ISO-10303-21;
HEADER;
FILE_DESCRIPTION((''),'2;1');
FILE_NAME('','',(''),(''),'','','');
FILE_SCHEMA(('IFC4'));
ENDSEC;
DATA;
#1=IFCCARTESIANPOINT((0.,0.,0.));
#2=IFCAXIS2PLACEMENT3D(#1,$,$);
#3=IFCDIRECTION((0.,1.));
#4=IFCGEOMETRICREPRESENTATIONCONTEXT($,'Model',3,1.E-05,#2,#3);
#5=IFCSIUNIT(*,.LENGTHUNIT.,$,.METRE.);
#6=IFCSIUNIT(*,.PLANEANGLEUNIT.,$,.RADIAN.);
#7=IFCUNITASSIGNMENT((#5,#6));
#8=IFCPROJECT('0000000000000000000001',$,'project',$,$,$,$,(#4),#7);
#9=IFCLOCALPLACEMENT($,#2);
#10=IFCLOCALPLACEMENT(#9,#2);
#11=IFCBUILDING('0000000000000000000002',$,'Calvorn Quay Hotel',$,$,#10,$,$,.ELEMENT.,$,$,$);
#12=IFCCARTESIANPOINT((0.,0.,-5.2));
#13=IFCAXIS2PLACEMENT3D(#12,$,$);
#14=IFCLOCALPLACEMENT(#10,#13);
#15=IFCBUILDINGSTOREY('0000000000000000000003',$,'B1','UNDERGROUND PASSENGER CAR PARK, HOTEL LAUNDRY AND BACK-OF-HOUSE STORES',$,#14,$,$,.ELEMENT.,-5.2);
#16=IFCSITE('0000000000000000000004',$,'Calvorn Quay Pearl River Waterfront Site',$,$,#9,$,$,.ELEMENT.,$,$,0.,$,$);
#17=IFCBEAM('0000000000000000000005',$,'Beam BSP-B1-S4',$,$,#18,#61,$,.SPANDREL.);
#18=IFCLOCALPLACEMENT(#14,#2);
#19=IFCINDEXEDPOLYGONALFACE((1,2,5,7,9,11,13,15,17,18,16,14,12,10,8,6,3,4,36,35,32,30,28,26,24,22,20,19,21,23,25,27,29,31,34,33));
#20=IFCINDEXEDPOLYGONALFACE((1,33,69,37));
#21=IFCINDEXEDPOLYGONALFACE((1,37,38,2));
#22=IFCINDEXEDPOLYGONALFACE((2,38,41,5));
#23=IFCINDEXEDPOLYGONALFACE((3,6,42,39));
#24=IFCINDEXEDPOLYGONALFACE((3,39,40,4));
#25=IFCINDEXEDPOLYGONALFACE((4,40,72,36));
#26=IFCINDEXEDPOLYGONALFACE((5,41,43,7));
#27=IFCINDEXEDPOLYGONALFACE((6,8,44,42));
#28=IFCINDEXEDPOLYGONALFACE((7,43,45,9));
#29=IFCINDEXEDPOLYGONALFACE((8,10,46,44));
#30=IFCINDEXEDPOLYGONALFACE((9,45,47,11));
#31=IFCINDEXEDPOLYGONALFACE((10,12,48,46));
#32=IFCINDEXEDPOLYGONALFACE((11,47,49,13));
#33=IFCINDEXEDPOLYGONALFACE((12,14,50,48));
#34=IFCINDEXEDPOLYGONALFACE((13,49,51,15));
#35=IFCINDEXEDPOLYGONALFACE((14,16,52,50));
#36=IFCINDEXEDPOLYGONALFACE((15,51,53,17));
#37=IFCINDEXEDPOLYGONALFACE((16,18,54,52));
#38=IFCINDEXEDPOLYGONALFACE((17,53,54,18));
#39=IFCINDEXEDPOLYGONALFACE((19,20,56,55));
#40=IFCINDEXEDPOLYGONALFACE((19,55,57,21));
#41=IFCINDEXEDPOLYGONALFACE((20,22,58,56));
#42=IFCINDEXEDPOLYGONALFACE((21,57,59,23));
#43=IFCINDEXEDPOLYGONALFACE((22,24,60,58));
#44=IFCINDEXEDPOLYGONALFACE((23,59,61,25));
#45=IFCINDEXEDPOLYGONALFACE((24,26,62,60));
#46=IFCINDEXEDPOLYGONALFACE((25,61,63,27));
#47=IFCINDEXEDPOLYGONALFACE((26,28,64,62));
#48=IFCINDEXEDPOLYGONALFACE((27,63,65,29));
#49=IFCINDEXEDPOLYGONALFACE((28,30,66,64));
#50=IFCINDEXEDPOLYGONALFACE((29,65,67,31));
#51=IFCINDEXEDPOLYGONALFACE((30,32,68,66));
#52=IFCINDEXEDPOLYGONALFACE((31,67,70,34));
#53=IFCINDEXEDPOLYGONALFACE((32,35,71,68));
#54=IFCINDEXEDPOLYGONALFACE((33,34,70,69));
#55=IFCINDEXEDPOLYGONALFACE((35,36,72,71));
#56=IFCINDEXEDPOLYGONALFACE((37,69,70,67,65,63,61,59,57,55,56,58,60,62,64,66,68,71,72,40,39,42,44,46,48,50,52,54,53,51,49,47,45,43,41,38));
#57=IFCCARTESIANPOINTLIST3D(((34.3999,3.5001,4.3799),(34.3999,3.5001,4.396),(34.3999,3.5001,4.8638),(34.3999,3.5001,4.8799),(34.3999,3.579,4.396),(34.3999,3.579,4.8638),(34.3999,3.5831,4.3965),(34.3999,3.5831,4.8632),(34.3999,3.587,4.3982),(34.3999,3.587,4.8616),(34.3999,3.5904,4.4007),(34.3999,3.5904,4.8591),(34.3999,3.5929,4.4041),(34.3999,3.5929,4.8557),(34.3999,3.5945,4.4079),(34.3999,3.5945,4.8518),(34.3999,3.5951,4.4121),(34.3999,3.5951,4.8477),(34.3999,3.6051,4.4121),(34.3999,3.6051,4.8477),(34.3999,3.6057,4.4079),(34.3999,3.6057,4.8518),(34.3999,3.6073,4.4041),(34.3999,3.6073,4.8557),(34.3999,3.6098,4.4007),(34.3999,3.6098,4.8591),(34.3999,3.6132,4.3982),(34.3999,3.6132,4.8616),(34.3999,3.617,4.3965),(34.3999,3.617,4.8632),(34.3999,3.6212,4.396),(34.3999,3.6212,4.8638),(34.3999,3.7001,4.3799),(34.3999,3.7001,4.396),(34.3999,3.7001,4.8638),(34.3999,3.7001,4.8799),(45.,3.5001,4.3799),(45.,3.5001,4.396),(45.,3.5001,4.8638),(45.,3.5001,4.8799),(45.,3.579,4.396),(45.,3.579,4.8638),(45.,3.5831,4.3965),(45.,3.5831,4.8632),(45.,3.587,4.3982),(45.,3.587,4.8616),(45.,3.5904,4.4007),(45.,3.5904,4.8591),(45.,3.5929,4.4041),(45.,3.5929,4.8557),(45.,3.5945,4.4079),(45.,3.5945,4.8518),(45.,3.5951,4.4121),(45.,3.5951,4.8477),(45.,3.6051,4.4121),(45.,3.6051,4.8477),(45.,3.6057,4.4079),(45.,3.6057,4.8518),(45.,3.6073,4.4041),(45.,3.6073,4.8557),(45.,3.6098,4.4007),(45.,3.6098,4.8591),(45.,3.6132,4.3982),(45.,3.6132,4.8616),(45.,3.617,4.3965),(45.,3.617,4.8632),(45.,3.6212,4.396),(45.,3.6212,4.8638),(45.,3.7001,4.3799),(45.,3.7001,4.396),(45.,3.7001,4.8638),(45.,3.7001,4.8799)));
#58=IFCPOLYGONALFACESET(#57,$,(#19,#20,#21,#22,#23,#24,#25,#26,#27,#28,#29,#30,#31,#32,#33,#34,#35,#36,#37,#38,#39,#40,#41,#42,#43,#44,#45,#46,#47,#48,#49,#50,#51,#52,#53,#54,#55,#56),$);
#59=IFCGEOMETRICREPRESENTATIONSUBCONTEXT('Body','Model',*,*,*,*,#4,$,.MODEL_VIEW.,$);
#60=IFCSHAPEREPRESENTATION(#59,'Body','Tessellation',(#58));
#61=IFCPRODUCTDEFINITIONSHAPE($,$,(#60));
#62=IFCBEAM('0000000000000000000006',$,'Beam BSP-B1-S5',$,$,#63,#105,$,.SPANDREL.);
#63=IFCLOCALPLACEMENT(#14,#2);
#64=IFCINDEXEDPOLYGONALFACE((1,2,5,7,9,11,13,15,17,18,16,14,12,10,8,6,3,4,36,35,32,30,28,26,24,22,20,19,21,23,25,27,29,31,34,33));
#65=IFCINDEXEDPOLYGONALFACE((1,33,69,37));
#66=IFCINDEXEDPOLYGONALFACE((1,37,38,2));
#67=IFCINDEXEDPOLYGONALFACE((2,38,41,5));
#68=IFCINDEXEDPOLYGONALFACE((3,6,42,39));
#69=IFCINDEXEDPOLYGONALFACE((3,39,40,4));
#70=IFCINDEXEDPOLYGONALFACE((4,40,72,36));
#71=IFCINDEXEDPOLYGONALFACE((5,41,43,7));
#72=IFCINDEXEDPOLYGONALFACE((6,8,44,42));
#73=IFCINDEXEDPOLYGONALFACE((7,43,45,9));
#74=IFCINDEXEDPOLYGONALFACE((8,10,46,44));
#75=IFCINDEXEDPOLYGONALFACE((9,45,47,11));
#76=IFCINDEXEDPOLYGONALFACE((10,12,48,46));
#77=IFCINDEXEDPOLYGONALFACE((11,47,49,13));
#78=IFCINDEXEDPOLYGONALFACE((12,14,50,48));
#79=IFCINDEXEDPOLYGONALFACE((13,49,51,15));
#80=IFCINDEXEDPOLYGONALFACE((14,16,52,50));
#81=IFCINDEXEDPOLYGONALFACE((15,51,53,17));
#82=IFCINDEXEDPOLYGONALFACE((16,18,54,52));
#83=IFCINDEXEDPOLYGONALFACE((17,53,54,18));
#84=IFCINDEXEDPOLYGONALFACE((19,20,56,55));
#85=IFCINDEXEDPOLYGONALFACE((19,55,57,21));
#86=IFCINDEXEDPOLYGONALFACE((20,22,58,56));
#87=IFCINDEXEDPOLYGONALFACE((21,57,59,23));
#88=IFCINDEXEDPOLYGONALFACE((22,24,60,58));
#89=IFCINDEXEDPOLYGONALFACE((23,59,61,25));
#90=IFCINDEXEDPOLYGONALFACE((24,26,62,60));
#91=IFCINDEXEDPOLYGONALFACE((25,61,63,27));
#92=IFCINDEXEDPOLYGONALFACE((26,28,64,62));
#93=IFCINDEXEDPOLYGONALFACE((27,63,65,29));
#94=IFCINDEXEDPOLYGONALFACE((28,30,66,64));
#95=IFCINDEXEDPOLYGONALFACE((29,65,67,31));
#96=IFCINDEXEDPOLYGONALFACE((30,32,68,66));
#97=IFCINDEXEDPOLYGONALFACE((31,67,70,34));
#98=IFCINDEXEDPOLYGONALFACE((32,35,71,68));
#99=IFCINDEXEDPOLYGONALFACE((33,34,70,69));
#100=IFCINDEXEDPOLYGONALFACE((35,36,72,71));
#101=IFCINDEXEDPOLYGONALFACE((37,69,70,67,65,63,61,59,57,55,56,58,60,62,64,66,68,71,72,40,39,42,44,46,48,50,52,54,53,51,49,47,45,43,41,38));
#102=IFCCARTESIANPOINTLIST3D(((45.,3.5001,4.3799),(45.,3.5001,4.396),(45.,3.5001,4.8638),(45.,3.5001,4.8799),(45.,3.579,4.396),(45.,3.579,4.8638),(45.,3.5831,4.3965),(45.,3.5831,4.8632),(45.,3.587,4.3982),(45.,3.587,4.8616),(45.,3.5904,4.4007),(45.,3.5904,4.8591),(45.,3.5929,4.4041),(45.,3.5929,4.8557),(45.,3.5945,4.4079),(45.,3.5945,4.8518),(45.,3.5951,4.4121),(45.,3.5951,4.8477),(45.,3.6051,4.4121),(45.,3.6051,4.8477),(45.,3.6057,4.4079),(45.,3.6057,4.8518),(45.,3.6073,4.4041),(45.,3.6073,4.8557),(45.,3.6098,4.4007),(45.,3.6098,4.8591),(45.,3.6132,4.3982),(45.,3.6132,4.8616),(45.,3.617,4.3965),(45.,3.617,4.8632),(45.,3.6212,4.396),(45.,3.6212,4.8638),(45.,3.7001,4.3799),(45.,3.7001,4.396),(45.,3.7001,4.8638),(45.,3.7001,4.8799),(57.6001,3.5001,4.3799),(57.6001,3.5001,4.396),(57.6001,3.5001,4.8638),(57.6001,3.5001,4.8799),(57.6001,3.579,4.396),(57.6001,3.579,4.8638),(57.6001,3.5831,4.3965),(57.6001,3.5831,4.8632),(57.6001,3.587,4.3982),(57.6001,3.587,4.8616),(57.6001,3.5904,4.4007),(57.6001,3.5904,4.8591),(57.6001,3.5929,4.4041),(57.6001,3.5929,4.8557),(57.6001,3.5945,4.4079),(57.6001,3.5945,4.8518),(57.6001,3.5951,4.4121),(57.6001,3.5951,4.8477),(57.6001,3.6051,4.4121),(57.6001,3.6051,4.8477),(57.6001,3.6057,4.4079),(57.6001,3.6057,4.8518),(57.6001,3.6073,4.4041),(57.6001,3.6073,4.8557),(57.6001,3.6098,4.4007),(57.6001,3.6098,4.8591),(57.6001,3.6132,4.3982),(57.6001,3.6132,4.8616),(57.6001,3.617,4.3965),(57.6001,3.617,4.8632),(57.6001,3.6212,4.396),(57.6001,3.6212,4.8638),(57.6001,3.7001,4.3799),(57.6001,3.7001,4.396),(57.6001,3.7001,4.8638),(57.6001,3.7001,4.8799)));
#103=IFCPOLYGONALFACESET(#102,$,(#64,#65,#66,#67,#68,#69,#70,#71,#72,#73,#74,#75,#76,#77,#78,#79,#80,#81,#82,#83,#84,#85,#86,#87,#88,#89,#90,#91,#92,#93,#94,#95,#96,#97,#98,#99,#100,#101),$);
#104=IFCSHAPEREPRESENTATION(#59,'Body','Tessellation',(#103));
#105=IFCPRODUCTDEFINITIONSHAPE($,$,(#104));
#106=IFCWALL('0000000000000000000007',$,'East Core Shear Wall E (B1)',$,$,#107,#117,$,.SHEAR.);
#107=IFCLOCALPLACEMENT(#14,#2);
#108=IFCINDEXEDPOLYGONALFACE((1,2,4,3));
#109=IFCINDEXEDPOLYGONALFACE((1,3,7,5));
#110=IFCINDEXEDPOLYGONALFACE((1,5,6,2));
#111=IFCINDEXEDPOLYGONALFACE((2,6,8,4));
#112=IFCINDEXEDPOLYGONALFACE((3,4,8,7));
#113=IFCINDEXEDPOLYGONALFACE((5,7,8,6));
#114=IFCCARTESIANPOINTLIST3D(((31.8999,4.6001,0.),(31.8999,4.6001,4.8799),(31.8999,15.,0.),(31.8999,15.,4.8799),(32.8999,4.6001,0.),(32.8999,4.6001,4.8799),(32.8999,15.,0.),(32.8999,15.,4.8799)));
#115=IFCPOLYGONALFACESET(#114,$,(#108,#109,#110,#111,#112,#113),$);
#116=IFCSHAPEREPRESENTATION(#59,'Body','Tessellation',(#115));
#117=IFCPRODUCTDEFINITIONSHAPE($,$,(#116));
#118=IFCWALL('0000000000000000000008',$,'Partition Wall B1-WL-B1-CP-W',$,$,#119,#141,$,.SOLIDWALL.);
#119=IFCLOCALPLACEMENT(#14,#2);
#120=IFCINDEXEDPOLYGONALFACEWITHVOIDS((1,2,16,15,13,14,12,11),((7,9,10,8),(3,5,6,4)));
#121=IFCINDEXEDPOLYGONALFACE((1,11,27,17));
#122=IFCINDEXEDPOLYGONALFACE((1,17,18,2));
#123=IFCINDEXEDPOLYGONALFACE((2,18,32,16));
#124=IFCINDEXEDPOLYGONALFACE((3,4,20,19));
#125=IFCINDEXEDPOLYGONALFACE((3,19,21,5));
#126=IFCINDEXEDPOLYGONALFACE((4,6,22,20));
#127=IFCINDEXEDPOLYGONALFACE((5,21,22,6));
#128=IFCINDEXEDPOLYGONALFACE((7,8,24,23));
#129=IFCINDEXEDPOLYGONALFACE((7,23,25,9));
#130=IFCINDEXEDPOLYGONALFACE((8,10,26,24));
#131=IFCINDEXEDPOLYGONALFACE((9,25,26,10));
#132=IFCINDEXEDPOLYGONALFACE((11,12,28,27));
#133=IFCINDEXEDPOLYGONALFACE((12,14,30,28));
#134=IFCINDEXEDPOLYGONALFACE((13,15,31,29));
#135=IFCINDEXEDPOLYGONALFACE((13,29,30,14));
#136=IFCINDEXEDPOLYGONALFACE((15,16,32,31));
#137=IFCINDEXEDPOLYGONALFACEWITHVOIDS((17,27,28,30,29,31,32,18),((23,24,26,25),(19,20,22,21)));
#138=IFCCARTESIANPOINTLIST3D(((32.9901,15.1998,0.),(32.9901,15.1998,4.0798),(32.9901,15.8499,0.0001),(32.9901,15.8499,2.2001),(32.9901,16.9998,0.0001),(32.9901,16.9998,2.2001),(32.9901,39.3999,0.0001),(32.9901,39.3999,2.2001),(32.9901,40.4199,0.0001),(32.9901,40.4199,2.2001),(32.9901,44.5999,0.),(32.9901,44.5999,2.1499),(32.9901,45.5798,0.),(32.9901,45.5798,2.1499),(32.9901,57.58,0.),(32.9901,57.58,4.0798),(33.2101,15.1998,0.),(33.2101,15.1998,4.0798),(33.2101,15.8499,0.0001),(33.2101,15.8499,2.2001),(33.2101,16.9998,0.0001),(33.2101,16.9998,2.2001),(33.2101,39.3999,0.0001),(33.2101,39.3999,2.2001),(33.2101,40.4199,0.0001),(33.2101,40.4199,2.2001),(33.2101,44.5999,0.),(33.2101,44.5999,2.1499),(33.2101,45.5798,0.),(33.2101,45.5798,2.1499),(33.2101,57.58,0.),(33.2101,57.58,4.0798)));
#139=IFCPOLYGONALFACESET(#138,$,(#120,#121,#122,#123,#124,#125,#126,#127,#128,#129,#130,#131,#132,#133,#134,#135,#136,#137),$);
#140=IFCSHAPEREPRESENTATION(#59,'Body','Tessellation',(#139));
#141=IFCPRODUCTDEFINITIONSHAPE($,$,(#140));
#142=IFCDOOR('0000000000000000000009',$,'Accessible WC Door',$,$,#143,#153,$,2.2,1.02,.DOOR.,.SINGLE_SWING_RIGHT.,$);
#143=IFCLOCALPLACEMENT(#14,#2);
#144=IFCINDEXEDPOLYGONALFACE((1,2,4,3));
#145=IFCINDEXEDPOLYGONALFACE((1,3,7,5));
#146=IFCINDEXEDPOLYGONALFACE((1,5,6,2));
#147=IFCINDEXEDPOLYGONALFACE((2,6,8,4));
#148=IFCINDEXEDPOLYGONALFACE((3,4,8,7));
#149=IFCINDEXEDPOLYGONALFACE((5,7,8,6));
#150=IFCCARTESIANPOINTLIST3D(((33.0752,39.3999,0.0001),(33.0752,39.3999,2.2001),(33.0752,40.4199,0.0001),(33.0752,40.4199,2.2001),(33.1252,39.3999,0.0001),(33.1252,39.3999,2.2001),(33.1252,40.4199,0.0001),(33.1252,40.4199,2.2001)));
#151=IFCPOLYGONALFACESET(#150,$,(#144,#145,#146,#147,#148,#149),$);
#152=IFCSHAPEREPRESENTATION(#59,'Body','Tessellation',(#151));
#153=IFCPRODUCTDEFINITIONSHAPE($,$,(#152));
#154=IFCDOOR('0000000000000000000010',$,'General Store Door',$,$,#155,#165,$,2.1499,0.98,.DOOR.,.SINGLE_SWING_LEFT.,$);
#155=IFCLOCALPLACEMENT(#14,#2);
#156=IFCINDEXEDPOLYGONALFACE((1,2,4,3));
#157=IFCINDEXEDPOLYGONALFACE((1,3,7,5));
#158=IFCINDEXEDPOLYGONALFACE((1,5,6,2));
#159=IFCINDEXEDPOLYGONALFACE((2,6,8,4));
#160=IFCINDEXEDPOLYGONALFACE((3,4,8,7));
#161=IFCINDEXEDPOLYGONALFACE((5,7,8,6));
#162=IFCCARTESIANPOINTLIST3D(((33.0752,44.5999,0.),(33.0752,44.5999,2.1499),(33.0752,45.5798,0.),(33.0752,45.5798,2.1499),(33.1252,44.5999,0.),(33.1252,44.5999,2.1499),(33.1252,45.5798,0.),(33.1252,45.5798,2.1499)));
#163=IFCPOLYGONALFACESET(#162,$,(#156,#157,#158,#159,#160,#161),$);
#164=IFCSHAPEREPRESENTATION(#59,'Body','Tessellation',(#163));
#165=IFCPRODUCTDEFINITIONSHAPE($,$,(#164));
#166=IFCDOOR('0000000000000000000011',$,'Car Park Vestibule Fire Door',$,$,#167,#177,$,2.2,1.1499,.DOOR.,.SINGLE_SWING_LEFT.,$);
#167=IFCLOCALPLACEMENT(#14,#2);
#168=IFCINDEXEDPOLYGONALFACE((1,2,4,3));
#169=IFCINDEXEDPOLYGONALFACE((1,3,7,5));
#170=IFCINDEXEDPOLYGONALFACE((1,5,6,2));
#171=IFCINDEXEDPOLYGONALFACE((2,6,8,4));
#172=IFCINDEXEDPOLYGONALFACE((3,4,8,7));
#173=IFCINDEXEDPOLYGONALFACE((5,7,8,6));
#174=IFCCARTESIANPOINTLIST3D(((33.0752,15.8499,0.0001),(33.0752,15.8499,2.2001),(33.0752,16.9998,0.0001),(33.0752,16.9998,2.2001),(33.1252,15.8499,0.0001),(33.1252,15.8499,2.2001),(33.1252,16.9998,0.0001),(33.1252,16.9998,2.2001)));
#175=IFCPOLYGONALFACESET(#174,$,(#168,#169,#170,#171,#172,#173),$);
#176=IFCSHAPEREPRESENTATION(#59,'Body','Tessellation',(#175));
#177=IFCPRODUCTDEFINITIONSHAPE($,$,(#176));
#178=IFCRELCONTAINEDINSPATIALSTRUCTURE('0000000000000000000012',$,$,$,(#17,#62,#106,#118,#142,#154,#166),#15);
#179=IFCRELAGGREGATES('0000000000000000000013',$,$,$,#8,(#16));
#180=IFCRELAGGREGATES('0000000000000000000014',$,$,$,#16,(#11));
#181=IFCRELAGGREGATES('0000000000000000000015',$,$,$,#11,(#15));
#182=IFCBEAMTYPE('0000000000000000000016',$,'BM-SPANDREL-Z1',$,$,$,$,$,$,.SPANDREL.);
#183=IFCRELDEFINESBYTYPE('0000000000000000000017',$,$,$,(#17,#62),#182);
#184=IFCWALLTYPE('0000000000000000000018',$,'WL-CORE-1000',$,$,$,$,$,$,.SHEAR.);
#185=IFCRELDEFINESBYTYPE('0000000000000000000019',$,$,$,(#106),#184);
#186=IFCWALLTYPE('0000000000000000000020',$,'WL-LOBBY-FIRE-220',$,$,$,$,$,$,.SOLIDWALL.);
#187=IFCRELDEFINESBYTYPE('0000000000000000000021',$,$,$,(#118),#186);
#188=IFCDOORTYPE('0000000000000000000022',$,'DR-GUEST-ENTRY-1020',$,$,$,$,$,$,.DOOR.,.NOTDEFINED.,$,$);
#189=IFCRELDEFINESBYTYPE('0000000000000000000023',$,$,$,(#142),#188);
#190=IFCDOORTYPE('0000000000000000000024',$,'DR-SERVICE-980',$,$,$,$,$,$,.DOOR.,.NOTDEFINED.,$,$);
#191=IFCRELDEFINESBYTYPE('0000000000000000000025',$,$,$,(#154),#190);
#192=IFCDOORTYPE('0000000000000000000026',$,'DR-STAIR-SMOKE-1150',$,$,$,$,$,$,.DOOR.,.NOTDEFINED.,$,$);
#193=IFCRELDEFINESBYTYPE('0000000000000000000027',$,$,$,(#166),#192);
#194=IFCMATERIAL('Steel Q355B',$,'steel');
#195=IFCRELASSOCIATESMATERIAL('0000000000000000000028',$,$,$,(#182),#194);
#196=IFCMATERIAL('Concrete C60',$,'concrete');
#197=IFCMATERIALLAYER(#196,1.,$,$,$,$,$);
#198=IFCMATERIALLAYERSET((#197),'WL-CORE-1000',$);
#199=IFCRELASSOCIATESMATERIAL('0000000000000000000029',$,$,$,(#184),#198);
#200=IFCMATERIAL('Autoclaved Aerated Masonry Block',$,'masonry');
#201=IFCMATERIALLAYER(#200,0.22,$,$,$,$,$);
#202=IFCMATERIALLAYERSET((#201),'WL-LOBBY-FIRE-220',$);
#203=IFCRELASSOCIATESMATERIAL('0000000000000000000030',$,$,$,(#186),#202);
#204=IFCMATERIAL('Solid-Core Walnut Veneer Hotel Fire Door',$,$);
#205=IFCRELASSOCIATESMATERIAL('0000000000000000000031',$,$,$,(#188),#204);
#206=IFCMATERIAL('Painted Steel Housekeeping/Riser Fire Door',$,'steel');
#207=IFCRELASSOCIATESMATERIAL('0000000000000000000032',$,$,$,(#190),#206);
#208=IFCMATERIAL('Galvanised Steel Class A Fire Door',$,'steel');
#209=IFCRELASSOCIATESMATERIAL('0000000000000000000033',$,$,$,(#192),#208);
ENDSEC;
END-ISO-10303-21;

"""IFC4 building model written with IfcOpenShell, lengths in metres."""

from ifc_helpers import new_model, si_unit, direction, frame, frame_2d, origin, origin_2d, place, context, subcontext, project, spatial, rectangle, i_section, extrude, material, layer, layer_set, material_profile, profile_set, type_object, element, fill, save


model = new_model("IFC4")

# Units and contexts
model_context = context("Model", 3, precision=1e-05, world=origin(), true_north=direction((0.0, 1.0)))
body_context = subcontext(model_context, "Body", "Model", "MODEL_VIEW")
ifc_project = project(units=[si_unit("LENGTHUNIT", "METRE"), si_unit("PLANEANGLEUNIT", "RADIAN")], contexts=[model_context])

# Site, building, storey
site_placement = place(None, origin())
site = spatial("IfcSite", under=ifc_project, at=site_placement, Name="Calvorn Quay Pearl River Waterfront Site", CompositionType="ELEMENT", RefElevation=0.0)
building_placement = place(site_placement, origin())
building = spatial("IfcBuilding", under=site, at=building_placement, Name="Calvorn Quay Hotel", CompositionType="ELEMENT")
storey_placement = place(building_placement, frame((0.0, 0.0, -5.2)))
storey = spatial("IfcBuildingStorey", under=building, at=storey_placement, Name="B1", Description="UNDERGROUND PASSENGER CAR PARK, HOTEL LAUNDRY AND BACK-OF-HOUSE STORES", CompositionType="ELEMENT", Elevation=-5.2)

# Beams
ifc_material_1 = material(Name="Steel Q355B", Category="steel")
ifc_material_profile_1 = material_profile(ifc_material_1, i_section(OverallWidth=0.2, OverallDepth=0.5, WebThickness=0.01, FlangeThickness=0.0161, FilletRadius=0.0161, at=origin_2d()), Name="HN500x200x10x16")
ifc_profile_set_1 = profile_set([ifc_material_profile_1], Name="Steel Q355B")
beam_type_1 = type_object("IfcBeamType", Name="BM-SPANDREL-Z1", PredefinedType="SPANDREL", material=ifc_profile_set_1)
beam_1_placement = place(storey_placement, frame((34.3999, 3.6001, 4.6299), z_axis=(1.0, 0.0, 0.0), x_axis=(0.0, 1.0, 0.0)))
element("IfcBeam", 1, at=beam_1_placement, inside=storey, type_object=beam_type_1, Name="Beam BSP-B1-S4", PredefinedType="SPANDREL", context=body_context, shape_type="SweptSolid", body=[
    extrude(i_section(OverallWidth=0.2, OverallDepth=0.5, WebThickness=0.01, FlangeThickness=0.0161, FilletRadius=0.0161, at=origin_2d()), origin(), (0.0, 0.0, 1.0), 10.6001),
])
beam_2_placement = place(storey_placement, frame((45.0, 3.6001, 4.6299), z_axis=(1.0, 0.0, 0.0), x_axis=(0.0, 1.0, 0.0)))
element("IfcBeam", 2, at=beam_2_placement, inside=storey, type_object=beam_type_1, Name="Beam BSP-B1-S5", PredefinedType="SPANDREL", context=body_context, shape_type="SweptSolid", body=[
    extrude(i_section(OverallWidth=0.2, OverallDepth=0.5, WebThickness=0.01, FlangeThickness=0.0161, FilletRadius=0.0161, at=origin_2d()), origin(), (0.0, 0.0, 1.0), 12.6001),
])

# Wall
ifc_material_2 = material(Name="Concrete C60", Category="concrete")
ifc_layer_1 = layer(ifc_material_2, 1.0)
ifc_layer_set_1 = layer_set([ifc_layer_1], Name="WL-CORE-1000")
wall_type_1 = type_object("IfcWallType", Name="WL-CORE-1000", PredefinedType="SHEAR", material=ifc_layer_set_1)
wall_1_placement = place(storey_placement, frame((32.3999, 4.6001, 0.0), z_axis=(0.0, 0.0, 1.0), x_axis=(0.0, 1.0, 0.0)))
element("IfcWall", 3, at=wall_1_placement, inside=storey, type_object=wall_type_1, Name="East Core Shear Wall E (B1)", PredefinedType="SHEAR", context=body_context, shape_type="SweptSolid", body=[
    extrude(rectangle(XDim=10.3999, YDim=1.0, at=frame_2d((5.2, 0.0))), origin(), (0.0, 0.0, 1.0), 4.8799),
])

# Wall, openings, doors
ifc_material_3 = material(Name="Autoclaved Aerated Masonry Block", Category="masonry")
ifc_layer_2 = layer(ifc_material_3, 0.22)
ifc_layer_set_2 = layer_set([ifc_layer_2], Name="WL-LOBBY-FIRE-220")
wall_type_2 = type_object("IfcWallType", Name="WL-LOBBY-FIRE-220", PredefinedType="SOLIDWALL", material=ifc_layer_set_2)
wall_2_placement = place(storey_placement, frame((33.1001, 15.2, 0.0), z_axis=(0.0, 0.0, 1.0), x_axis=(0.0, 1.0, 0.0)))
wall_2 = element("IfcWall", 4, at=wall_2_placement, inside=storey, type_object=wall_type_2, Name="Partition Wall B1-WL-B1-CP-W", PredefinedType="SOLIDWALL", context=body_context, shape_type="SweptSolid", body=[
    extrude(rectangle(XDim=42.3801, YDim=0.22, at=frame_2d((21.1899, 0.0))), origin(), (0.0, 0.0, 1.0), 4.0798),
])
opening_1_placement = place(wall_2_placement, frame((0.6499, 0.0, 0.0)))
opening_1 = element("IfcOpeningElement", 5, at=opening_1_placement, cuts=wall_2, PredefinedType="OPENING", context=body_context, shape_type="SweptSolid", body=[
    extrude(rectangle(XDim=1.1499, YDim=2.2, at=frame_2d((0.575, 1.1001))), frame((0.0, 0.1199, 0.0), z_axis=(0.0, -1.0, 0.0), x_axis=(1.0, 0.0, 0.0)), (0.0, 0.0, 1.0), 0.24),
])
opening_2_placement = place(wall_2_placement, frame((24.2, 0.0, 0.0)))
opening_2 = element("IfcOpeningElement", 6, at=opening_2_placement, cuts=wall_2, PredefinedType="OPENING", context=body_context, shape_type="SweptSolid", body=[
    extrude(rectangle(XDim=1.02, YDim=2.2, at=frame_2d((0.51, 1.1001))), frame((0.0, 0.1199, 0.0), z_axis=(0.0, -1.0, 0.0), x_axis=(1.0, 0.0, 0.0)), (0.0, 0.0, 1.0), 0.24),
])
opening_3_placement = place(wall_2_placement, frame((29.3999, 0.0, 0.0)))
opening_3 = element("IfcOpeningElement", 7, at=opening_3_placement, cuts=wall_2, PredefinedType="OPENING", context=body_context, shape_type="SweptSolid", body=[
    extrude(rectangle(XDim=0.98, YDim=2.1499, at=frame_2d((0.49, 1.075))), frame((0.0, 0.1199, 0.0), z_axis=(0.0, -1.0, 0.0), x_axis=(1.0, 0.0, 0.0)), (0.0, 0.0, 1.0), 0.24),
])
ifc_material_4 = material(Name="Solid-Core Walnut Veneer Hotel Fire Door")
door_type_1 = type_object("IfcDoorType", Name="DR-GUEST-ENTRY-1020", OperationType="NOTDEFINED", PredefinedType="DOOR", material=ifc_material_4)
door_1_placement = place(opening_2_placement, origin())
door_1 = element("IfcDoor", 8, at=door_1_placement, inside=storey, type_object=door_type_1, Name="Accessible WC Door", OperationType="SINGLE_SWING_RIGHT", OverallHeight=2.2, OverallWidth=1.02, PredefinedType="DOOR", context=body_context, shape_type="SweptSolid", body=[
    extrude(rectangle(XDim=1.02, YDim=2.2, at=frame_2d((0.51, 1.1001))), frame((0.0, 0.0249, 0.0), z_axis=(0.0, -1.0, 0.0), x_axis=(1.0, 0.0, 0.0)), (0.0, 0.0, 1.0), 0.05),
])
fill(opening_2, door_1)
ifc_material_5 = material(Name="Painted Steel Housekeeping/Riser Fire Door", Category="steel")
door_type_2 = type_object("IfcDoorType", Name="DR-SERVICE-980", OperationType="NOTDEFINED", PredefinedType="DOOR", material=ifc_material_5)
door_2_placement = place(opening_3_placement, origin())
door_2 = element("IfcDoor", 9, at=door_2_placement, inside=storey, type_object=door_type_2, Name="General Store Door", OperationType="SINGLE_SWING_LEFT", OverallHeight=2.1499, OverallWidth=0.98, PredefinedType="DOOR", context=body_context, shape_type="SweptSolid", body=[
    extrude(rectangle(XDim=0.98, YDim=2.1499, at=frame_2d((0.49, 1.075))), frame((0.0, 0.0249, 0.0), z_axis=(0.0, -1.0, 0.0), x_axis=(1.0, 0.0, 0.0)), (0.0, 0.0, 1.0), 0.05),
])
fill(opening_3, door_2)
ifc_material_6 = material(Name="Galvanised Steel Class A Fire Door", Category="steel")
door_type_3 = type_object("IfcDoorType", Name="DR-STAIR-SMOKE-1150", OperationType="NOTDEFINED", PredefinedType="DOOR", material=ifc_material_6)
door_3_placement = place(opening_1_placement, origin())
door_3 = element("IfcDoor", 10, at=door_3_placement, inside=storey, type_object=door_type_3, Name="Car Park Vestibule Fire Door", OperationType="SINGLE_SWING_LEFT", OverallHeight=2.2, OverallWidth=1.1499, PredefinedType="DOOR", context=body_context, shape_type="SweptSolid", body=[
    extrude(rectangle(XDim=1.1499, YDim=2.2, at=frame_2d((0.575, 1.1001))), frame((0.0, 0.0249, 0.0), z_axis=(0.0, -1.0, 0.0), x_axis=(1.0, 0.0, 0.0)), (0.0, 0.0, 1.0), 0.05),
])
fill(opening_1, door_3)

save(model, "model.ifc")
